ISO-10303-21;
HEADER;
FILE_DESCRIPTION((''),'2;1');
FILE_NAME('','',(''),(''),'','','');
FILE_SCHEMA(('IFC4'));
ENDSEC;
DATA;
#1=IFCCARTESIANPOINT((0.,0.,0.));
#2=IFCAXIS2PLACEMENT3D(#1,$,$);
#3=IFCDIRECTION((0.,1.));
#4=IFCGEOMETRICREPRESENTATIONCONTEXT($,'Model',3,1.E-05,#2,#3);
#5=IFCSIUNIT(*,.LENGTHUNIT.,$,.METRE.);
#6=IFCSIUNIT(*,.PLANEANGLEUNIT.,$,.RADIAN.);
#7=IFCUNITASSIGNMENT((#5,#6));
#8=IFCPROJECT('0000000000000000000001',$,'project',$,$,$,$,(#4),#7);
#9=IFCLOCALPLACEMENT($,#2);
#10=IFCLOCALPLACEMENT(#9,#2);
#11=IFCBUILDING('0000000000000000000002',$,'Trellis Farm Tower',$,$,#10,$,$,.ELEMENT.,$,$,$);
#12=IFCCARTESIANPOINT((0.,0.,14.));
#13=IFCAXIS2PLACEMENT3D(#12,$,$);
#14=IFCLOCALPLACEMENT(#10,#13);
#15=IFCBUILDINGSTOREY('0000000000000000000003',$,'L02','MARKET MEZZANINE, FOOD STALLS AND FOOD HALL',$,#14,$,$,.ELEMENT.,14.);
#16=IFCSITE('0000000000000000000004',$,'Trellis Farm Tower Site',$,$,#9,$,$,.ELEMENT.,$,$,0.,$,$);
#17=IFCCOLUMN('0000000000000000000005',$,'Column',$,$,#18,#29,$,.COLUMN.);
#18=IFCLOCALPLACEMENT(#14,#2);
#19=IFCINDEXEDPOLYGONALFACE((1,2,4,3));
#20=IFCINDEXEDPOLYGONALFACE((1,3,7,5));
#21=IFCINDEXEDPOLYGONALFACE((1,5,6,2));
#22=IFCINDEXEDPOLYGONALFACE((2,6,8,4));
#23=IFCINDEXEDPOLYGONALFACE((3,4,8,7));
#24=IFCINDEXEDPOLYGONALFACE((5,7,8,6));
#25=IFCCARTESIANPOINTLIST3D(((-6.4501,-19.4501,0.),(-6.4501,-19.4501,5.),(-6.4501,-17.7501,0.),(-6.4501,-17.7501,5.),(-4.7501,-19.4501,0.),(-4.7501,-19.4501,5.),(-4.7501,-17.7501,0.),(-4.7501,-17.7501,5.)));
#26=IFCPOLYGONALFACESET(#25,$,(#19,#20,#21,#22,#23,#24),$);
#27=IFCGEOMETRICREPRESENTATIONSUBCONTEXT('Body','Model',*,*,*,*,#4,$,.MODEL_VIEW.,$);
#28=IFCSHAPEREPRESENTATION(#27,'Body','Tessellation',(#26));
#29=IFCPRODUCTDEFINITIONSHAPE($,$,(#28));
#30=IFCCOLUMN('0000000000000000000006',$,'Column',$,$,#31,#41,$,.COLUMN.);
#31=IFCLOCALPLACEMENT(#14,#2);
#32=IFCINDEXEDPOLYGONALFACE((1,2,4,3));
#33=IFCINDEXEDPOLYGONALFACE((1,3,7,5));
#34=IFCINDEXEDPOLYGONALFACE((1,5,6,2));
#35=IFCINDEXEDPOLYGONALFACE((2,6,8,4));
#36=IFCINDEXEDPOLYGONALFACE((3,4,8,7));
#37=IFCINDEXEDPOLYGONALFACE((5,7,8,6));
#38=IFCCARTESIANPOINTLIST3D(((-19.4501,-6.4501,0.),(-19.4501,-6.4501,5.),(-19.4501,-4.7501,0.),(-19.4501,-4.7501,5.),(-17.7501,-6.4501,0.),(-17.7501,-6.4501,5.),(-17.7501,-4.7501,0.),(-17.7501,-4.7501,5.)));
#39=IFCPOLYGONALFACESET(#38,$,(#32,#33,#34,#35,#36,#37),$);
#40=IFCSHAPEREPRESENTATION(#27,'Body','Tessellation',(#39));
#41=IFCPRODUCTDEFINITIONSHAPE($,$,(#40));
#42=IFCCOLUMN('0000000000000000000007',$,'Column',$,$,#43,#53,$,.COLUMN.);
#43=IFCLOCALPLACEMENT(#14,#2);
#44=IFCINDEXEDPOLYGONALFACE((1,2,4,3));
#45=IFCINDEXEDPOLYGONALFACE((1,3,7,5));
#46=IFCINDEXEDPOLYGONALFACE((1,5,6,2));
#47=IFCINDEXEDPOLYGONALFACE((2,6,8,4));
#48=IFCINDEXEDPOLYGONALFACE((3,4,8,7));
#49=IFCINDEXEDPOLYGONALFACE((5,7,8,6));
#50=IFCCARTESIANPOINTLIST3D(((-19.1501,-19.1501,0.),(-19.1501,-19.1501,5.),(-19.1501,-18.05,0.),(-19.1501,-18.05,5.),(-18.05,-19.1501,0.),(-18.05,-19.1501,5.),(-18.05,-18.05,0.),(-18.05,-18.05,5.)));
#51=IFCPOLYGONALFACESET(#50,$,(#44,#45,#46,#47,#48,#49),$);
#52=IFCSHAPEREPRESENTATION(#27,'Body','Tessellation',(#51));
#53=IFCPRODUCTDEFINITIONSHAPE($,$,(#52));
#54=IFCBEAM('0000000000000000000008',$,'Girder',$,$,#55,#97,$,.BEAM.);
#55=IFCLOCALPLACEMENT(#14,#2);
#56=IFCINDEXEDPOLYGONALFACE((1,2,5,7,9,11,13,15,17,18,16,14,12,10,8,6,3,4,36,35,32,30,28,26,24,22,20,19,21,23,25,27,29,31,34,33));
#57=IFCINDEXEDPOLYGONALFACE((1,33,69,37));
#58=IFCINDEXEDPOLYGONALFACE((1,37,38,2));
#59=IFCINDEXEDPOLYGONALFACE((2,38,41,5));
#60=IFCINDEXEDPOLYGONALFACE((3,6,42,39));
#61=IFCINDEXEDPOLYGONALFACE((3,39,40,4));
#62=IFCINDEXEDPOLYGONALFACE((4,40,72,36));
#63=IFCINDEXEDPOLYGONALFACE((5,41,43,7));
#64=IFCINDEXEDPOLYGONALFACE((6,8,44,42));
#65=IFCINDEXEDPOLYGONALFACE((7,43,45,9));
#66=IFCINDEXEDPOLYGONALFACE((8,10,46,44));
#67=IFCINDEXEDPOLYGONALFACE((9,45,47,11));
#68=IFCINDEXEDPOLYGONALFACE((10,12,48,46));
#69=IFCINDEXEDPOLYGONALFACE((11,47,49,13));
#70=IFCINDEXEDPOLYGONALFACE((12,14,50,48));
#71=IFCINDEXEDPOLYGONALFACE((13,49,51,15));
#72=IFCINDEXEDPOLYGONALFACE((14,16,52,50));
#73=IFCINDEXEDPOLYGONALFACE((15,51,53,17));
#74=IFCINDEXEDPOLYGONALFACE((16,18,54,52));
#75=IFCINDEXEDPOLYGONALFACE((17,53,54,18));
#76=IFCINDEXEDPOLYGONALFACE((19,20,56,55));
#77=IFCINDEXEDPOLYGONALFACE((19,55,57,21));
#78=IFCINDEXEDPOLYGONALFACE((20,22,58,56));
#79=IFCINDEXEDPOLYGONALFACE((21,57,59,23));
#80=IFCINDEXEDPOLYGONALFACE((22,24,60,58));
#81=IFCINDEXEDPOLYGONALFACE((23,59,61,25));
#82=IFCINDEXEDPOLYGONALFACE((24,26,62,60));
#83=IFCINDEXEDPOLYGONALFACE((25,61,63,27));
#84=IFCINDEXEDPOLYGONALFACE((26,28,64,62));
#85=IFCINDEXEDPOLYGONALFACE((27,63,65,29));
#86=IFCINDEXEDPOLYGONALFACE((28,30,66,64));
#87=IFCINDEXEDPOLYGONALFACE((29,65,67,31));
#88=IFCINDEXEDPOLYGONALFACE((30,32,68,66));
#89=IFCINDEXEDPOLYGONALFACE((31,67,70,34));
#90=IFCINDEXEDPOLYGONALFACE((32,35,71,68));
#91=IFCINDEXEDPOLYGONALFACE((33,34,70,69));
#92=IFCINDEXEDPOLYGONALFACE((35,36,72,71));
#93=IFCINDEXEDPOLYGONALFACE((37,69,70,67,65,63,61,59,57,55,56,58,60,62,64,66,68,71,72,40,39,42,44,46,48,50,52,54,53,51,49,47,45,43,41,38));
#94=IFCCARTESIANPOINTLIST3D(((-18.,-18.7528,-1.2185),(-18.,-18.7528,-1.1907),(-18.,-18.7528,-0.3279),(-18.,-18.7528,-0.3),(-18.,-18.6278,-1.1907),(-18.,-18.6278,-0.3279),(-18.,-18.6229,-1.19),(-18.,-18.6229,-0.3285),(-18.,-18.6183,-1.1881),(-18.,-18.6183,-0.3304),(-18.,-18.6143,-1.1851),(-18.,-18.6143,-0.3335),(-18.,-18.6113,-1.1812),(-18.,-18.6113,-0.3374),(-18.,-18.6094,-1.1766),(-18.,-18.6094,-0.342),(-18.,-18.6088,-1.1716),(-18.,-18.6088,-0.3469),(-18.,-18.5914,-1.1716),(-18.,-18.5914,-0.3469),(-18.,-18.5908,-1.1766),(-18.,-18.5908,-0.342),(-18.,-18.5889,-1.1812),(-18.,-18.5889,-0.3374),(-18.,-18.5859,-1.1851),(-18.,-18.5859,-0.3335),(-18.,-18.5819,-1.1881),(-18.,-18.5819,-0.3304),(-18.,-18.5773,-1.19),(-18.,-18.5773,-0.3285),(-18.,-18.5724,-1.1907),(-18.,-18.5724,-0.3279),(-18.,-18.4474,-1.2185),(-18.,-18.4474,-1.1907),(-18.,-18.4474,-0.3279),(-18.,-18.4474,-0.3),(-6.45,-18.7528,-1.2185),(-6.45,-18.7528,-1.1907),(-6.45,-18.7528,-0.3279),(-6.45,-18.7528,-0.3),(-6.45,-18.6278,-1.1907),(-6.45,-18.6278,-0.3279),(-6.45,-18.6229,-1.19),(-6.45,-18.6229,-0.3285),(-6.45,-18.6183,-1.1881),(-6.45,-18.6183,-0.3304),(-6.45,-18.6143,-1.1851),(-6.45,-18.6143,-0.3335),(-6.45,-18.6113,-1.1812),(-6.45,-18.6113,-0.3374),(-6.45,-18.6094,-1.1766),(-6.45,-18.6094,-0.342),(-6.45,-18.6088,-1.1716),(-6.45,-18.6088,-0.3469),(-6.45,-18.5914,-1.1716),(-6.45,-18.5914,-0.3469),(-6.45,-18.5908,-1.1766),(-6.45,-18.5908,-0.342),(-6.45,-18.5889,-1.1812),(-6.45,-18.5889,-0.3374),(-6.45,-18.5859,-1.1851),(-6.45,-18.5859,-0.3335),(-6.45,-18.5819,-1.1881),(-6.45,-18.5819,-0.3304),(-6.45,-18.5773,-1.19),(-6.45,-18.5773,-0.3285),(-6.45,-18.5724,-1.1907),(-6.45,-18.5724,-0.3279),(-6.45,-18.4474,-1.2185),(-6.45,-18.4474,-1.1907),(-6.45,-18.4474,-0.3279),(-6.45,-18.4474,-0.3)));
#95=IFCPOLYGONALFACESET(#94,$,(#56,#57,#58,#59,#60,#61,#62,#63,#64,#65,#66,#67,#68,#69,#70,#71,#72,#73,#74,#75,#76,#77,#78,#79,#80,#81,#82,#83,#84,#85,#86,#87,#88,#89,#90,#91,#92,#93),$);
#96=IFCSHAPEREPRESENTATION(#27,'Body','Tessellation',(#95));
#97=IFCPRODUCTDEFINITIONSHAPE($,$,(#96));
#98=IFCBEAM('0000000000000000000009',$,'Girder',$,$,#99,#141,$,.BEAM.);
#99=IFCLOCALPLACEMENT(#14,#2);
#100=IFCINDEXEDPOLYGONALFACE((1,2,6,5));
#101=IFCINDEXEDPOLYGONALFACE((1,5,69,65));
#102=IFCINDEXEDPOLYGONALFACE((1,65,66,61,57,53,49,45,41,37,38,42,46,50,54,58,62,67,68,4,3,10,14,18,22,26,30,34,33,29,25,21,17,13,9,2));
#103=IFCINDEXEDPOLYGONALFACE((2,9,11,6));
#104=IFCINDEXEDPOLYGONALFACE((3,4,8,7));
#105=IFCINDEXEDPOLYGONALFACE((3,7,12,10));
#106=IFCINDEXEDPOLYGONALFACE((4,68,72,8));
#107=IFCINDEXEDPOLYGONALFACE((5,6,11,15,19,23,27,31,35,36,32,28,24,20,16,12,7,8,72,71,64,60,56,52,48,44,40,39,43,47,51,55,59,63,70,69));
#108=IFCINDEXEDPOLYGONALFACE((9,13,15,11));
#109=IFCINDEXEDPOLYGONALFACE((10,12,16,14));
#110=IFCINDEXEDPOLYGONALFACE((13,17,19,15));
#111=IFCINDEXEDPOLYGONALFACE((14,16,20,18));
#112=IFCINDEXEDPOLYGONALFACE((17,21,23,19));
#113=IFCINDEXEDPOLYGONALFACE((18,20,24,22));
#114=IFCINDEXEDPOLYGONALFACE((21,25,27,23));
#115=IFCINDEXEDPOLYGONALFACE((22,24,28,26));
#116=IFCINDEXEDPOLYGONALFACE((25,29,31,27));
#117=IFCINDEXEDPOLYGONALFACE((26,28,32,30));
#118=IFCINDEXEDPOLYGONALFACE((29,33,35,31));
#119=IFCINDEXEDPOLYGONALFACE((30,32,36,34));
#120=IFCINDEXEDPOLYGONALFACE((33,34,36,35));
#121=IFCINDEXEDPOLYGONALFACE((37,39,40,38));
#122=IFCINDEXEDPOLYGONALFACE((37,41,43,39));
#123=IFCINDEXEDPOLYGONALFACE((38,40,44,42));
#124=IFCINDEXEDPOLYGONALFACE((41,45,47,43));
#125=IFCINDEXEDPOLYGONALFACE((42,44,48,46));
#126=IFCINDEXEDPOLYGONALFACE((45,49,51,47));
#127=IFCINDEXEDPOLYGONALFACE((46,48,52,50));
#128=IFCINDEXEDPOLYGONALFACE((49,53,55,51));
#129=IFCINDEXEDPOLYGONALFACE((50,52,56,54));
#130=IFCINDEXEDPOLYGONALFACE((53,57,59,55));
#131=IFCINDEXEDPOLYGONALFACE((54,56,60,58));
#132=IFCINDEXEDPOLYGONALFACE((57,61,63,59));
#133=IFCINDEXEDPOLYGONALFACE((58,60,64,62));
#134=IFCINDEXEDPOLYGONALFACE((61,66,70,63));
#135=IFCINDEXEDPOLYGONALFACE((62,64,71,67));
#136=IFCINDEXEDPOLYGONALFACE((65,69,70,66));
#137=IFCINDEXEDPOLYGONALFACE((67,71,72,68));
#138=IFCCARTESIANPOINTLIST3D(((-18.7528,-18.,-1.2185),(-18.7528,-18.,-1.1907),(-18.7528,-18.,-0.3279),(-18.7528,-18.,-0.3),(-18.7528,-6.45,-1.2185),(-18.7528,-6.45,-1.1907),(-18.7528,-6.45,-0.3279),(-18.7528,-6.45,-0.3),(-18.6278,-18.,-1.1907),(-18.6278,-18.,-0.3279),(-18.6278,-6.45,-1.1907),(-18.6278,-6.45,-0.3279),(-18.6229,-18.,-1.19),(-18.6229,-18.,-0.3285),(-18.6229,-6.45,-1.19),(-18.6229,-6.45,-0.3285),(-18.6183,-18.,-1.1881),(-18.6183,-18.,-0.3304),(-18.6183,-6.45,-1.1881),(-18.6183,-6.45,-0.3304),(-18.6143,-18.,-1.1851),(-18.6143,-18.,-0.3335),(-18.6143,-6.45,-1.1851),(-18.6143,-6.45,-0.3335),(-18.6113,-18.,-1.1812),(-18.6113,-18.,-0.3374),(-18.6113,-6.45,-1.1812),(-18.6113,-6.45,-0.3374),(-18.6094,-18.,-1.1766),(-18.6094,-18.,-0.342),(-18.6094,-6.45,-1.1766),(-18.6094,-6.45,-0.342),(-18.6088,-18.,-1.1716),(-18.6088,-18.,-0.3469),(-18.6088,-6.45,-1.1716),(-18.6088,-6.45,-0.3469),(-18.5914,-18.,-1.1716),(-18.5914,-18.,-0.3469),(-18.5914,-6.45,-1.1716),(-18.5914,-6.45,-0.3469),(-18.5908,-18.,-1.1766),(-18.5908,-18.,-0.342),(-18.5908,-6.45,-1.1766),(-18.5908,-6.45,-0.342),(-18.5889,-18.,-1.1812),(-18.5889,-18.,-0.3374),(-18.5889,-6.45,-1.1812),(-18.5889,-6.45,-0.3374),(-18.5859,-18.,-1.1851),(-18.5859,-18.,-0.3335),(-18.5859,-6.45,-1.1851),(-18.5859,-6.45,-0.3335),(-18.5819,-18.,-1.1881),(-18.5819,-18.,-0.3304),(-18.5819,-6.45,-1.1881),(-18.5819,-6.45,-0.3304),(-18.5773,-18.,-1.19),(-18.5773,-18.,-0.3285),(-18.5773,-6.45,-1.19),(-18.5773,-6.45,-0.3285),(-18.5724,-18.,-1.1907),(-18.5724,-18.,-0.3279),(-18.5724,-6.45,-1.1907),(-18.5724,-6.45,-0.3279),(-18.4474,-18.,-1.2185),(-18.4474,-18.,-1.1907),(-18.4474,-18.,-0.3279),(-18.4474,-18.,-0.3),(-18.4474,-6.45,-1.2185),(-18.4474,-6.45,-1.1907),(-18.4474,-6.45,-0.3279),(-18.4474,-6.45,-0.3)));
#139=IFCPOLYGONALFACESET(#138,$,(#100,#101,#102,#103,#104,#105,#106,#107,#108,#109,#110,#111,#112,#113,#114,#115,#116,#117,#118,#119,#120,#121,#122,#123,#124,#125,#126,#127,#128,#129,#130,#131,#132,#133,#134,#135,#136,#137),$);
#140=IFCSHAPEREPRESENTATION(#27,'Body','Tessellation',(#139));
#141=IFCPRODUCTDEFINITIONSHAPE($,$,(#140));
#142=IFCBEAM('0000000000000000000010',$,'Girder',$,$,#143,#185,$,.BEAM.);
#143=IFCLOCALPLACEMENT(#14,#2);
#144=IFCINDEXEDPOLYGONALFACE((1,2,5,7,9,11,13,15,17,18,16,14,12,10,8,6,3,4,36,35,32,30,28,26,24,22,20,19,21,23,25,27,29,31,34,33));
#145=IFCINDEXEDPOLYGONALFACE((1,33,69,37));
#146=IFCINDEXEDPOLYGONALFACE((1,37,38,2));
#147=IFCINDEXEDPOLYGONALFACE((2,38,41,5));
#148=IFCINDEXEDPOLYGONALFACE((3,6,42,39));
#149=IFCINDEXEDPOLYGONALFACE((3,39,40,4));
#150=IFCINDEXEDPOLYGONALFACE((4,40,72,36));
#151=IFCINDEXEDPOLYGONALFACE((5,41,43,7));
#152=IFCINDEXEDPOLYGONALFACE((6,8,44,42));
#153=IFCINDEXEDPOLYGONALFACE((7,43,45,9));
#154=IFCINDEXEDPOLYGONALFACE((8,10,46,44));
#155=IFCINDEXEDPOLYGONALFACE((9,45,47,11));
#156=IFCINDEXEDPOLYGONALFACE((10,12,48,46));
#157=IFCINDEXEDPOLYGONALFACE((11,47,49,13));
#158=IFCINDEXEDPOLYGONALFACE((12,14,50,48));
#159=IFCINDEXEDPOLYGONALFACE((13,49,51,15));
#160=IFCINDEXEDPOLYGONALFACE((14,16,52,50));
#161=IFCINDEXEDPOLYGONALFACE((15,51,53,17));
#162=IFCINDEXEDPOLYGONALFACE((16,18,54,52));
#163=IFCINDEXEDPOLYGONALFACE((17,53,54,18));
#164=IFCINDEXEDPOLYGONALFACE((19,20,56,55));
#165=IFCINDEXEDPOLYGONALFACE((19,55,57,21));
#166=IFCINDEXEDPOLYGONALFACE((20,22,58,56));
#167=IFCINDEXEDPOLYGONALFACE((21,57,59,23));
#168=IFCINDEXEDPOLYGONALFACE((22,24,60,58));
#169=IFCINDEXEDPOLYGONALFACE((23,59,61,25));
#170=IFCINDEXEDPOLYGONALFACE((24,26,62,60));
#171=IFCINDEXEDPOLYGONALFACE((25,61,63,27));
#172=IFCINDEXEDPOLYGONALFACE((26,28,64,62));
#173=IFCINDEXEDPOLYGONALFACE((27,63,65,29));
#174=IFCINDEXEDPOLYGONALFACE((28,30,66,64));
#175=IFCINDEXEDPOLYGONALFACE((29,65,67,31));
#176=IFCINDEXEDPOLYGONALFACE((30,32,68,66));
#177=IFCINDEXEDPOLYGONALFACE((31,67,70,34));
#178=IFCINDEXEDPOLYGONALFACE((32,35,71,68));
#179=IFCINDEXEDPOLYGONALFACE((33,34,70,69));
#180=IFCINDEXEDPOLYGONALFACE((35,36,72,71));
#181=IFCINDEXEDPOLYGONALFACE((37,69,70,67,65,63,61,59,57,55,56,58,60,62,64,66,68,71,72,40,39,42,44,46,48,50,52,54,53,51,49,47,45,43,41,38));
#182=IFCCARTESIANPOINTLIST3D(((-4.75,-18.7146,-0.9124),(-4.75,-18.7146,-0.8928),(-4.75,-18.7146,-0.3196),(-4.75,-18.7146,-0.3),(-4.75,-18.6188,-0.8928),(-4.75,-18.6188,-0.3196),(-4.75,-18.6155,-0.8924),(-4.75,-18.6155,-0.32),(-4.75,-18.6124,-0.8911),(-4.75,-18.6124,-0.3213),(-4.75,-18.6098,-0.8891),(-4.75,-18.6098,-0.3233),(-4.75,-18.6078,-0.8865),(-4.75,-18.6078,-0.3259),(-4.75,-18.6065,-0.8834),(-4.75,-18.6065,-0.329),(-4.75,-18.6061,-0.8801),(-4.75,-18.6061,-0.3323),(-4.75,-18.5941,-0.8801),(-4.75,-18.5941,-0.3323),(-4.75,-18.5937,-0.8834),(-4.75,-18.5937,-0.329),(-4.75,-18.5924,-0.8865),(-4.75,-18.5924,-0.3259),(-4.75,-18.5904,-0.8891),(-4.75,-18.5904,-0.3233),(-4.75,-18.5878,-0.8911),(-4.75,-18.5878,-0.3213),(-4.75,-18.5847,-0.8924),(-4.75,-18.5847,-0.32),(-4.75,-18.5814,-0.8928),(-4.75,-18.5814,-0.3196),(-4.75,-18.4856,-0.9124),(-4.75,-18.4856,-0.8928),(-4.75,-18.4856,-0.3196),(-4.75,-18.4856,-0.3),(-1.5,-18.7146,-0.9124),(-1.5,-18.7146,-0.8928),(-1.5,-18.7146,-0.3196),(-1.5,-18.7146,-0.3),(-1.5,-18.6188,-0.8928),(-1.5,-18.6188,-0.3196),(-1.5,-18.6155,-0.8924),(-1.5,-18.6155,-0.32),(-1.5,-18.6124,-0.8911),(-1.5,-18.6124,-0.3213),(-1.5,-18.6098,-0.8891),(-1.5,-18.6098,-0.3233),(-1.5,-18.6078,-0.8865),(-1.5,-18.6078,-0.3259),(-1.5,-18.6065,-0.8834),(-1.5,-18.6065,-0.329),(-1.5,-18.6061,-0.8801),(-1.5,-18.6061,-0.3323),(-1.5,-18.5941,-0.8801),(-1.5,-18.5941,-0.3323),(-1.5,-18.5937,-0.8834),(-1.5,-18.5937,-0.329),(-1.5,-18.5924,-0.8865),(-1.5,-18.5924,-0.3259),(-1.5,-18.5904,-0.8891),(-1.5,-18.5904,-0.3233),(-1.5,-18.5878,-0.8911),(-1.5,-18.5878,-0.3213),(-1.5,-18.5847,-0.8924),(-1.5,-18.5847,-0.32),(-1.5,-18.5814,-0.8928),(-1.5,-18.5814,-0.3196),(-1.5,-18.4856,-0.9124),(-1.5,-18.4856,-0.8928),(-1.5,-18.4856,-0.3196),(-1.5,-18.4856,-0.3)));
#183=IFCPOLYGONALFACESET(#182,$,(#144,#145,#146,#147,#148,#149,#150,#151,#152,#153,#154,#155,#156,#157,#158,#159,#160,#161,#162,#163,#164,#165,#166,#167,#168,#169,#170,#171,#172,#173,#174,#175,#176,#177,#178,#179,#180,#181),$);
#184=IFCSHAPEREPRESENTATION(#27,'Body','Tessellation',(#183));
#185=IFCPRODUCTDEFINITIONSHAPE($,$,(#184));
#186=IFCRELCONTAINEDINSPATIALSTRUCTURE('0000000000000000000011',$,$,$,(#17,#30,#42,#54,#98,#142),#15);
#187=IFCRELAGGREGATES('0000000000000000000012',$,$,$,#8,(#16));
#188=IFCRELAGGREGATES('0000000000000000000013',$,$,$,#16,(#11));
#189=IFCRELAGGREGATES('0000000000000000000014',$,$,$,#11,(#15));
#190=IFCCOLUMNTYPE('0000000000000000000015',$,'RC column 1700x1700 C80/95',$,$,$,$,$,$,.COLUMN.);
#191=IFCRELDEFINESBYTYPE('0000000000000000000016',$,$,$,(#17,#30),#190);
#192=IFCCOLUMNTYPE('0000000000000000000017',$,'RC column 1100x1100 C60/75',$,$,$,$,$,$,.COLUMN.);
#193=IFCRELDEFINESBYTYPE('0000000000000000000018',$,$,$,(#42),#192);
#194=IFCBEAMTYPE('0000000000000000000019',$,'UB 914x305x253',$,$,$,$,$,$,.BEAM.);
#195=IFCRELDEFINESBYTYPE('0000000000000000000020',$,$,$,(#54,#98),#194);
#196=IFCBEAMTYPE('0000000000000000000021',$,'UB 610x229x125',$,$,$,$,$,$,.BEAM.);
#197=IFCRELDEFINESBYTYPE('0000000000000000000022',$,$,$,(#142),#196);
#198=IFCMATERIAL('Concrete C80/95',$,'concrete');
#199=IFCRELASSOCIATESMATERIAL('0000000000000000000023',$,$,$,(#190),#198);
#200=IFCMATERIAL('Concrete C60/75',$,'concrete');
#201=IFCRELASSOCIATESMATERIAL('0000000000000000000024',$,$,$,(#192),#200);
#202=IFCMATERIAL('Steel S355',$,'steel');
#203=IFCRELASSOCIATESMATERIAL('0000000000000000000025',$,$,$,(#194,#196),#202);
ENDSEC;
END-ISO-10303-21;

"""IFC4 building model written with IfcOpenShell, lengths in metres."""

from ifc_helpers import new_model, si_unit, direction, frame, origin, origin_2d, place, context, subcontext, project, spatial, rectangle, i_section, extrude, source, transform, mapped, material, material_profile, profile_set, type_object, element, save


model = new_model("IFC4")

# Units and contexts
model_context = context("Model", 3, precision=1e-05, world=origin(), true_north=direction((0.0, 1.0)))
body_context = subcontext(model_context, "Body", "Model", "MODEL_VIEW")
ifc_project = project(units=[si_unit("LENGTHUNIT", "METRE"), si_unit("PLANEANGLEUNIT", "RADIAN")], contexts=[model_context])

# Site, building, storey
site_placement = place(None, origin())
site = spatial("IfcSite", under=ifc_project, at=site_placement, Name="Trellis Farm Tower Site", CompositionType="ELEMENT", RefElevation=0.0)
building_placement = place(site_placement, origin())
building = spatial("IfcBuilding", under=site, at=building_placement, Name="Trellis Farm Tower", CompositionType="ELEMENT")
storey_placement = place(building_placement, frame((0.0, 0.0, 14.0)))
storey = spatial("IfcBuildingStorey", under=building, at=storey_placement, Name="L02", Description="MARKET MEZZANINE, FOOD STALLS AND FOOD HALL", CompositionType="ELEMENT", Elevation=14.0)

# Columns
ifc_material_1 = material(Name="Concrete C80/95", Category="concrete")
ifc_material_profile_1 = material_profile(ifc_material_1, rectangle(XDim=1.7, YDim=1.7, at=origin_2d()), Name="RC column 1700x1700 C80/95")
ifc_profile_set_1 = profile_set([ifc_material_profile_1], Name="Concrete C80/95")
column_type_1 = type_object("IfcColumnType", Name="RC column 1700x1700 C80/95", PredefinedType="COLUMN", material=ifc_profile_set_1)
shared_shape_1 = source(origin(), body_context, "Body", "SweptSolid", [
    extrude(rectangle(XDim=1.7, YDim=1.7, at=origin_2d()), origin(), (0.0, 0.0, 1.0), 5.0),
])
for number, where, z_axis, x_axis, name in (
    (1, (-5.6001, -18.6001, 0.0), (0.0, 0.0, 1.0), (1.0, 0.0, 0.0), "Column"),
    (2, (-18.6001, -5.6001, 0.0), (0.0, 0.0, 1.0), (1.0, 0.0, 0.0), "Column"),
):
    element("IfcColumn", number, at=place(storey_placement, frame(where, z_axis=z_axis, x_axis=x_axis)), inside=storey, type_object=column_type_1, Name=name, PredefinedType="COLUMN", context=body_context, shape_type="MappedRepresentation", body=[
        mapped(shared_shape_1, transform((0.0, 0.0, 0.0))),
    ])
ifc_material_2 = material(Name="Concrete C60/75", Category="concrete")
ifc_material_profile_2 = material_profile(ifc_material_2, rectangle(XDim=1.1001, YDim=1.1001, at=origin_2d()), Name="RC column 1100x1100 C60/75")
ifc_profile_set_2 = profile_set([ifc_material_profile_2], Name="Concrete C60/75")
column_type_2 = type_object("IfcColumnType", Name="RC column 1100x1100 C60/75", PredefinedType="COLUMN", material=ifc_profile_set_2)
shared_shape_2 = source(origin(), body_context, "Body", "SweptSolid", [
    extrude(rectangle(XDim=1.1001, YDim=1.1001, at=origin_2d()), origin(), (0.0, 0.0, 1.0), 5.0),
])
column_placement = place(storey_placement, frame((-18.6001, -18.6001, 0.0), z_axis=(0.0, 0.0, 1.0), x_axis=(1.0, 0.0, 0.0)))
element("IfcColumn", 3, at=column_placement, inside=storey, type_object=column_type_2, Name="Column", PredefinedType="COLUMN", context=body_context, shape_type="MappedRepresentation", body=[
    mapped(shared_shape_2, transform((0.0, 0.0, 0.0))),
])

# Beams
ifc_material_3 = material(Name="Steel S355", Category="steel")
ifc_material_profile_3 = material_profile(ifc_material_3, i_section(OverallWidth=0.3054, OverallDepth=0.9185, WebThickness=0.0173, FlangeThickness=0.0278, FilletRadius=0.019, at=origin_2d()), Name="UB 914x305x253")
ifc_profile_set_3 = profile_set([ifc_material_profile_3], Name="Steel S355")
beam_type_1 = type_object("IfcBeamType", Name="UB 914x305x253", PredefinedType="BEAM", material=ifc_profile_set_3)
shared_shape_3 = source(origin(), body_context, "Body", "SweptSolid", [
    extrude(i_section(OverallWidth=0.3054, OverallDepth=0.9185, WebThickness=0.0173, FlangeThickness=0.0278, FilletRadius=0.019, at=origin_2d()), origin(), (0.0, 0.0, 1.0), 11.55),
])
for number, where, z_axis, x_axis, name in (
    (4, (-18.0, -18.6001, -0.7593), (1.0, 0.0, 0.0), (0.0, 1.0, 0.0), "Girder"),
    (5, (-18.6001, -18.0, -0.7593), (0.0, 1.0, 0.0), (-1.0, 0.0, 0.0), "Girder"),
):
    element("IfcBeam", number, at=place(storey_placement, frame(where, z_axis=z_axis, x_axis=x_axis)), inside=storey, type_object=beam_type_1, Name=name, PredefinedType="BEAM", context=body_context, shape_type="MappedRepresentation", body=[
        mapped(shared_shape_3, transform((0.0, 0.0, 0.0))),
    ])
ifc_material_profile_4 = material_profile(ifc_material_3, i_section(OverallWidth=0.229, OverallDepth=0.6123, WebThickness=0.012, FlangeThickness=0.0195, FilletRadius=0.0127, at=origin_2d()), Name="UB 610x229x125")
ifc_profile_set_4 = profile_set([ifc_material_profile_4], Name="Steel S355")
beam_type_2 = type_object("IfcBeamType", Name="UB 610x229x125", PredefinedType="BEAM", material=ifc_profile_set_4)
shared_shape_4 = source(origin(), body_context, "Body", "SweptSolid", [
    extrude(i_section(OverallWidth=0.229, OverallDepth=0.6123, WebThickness=0.012, FlangeThickness=0.0195, FilletRadius=0.0127, at=origin_2d()), origin(), (0.0, 0.0, 1.0), 3.25),
])
beam_1_placement = place(storey_placement, frame((-4.75, -18.6001, -0.6062), z_axis=(1.0, 0.0, 0.0), x_axis=(0.0, 1.0, 0.0)))
element("IfcBeam", 6, at=beam_1_placement, inside=storey, type_object=beam_type_2, Name="Girder", PredefinedType="BEAM", context=body_context, shape_type="MappedRepresentation", body=[
    mapped(shared_shape_4, transform((0.0, 0.0, 0.0))),
])

save(model, "model.ifc")
